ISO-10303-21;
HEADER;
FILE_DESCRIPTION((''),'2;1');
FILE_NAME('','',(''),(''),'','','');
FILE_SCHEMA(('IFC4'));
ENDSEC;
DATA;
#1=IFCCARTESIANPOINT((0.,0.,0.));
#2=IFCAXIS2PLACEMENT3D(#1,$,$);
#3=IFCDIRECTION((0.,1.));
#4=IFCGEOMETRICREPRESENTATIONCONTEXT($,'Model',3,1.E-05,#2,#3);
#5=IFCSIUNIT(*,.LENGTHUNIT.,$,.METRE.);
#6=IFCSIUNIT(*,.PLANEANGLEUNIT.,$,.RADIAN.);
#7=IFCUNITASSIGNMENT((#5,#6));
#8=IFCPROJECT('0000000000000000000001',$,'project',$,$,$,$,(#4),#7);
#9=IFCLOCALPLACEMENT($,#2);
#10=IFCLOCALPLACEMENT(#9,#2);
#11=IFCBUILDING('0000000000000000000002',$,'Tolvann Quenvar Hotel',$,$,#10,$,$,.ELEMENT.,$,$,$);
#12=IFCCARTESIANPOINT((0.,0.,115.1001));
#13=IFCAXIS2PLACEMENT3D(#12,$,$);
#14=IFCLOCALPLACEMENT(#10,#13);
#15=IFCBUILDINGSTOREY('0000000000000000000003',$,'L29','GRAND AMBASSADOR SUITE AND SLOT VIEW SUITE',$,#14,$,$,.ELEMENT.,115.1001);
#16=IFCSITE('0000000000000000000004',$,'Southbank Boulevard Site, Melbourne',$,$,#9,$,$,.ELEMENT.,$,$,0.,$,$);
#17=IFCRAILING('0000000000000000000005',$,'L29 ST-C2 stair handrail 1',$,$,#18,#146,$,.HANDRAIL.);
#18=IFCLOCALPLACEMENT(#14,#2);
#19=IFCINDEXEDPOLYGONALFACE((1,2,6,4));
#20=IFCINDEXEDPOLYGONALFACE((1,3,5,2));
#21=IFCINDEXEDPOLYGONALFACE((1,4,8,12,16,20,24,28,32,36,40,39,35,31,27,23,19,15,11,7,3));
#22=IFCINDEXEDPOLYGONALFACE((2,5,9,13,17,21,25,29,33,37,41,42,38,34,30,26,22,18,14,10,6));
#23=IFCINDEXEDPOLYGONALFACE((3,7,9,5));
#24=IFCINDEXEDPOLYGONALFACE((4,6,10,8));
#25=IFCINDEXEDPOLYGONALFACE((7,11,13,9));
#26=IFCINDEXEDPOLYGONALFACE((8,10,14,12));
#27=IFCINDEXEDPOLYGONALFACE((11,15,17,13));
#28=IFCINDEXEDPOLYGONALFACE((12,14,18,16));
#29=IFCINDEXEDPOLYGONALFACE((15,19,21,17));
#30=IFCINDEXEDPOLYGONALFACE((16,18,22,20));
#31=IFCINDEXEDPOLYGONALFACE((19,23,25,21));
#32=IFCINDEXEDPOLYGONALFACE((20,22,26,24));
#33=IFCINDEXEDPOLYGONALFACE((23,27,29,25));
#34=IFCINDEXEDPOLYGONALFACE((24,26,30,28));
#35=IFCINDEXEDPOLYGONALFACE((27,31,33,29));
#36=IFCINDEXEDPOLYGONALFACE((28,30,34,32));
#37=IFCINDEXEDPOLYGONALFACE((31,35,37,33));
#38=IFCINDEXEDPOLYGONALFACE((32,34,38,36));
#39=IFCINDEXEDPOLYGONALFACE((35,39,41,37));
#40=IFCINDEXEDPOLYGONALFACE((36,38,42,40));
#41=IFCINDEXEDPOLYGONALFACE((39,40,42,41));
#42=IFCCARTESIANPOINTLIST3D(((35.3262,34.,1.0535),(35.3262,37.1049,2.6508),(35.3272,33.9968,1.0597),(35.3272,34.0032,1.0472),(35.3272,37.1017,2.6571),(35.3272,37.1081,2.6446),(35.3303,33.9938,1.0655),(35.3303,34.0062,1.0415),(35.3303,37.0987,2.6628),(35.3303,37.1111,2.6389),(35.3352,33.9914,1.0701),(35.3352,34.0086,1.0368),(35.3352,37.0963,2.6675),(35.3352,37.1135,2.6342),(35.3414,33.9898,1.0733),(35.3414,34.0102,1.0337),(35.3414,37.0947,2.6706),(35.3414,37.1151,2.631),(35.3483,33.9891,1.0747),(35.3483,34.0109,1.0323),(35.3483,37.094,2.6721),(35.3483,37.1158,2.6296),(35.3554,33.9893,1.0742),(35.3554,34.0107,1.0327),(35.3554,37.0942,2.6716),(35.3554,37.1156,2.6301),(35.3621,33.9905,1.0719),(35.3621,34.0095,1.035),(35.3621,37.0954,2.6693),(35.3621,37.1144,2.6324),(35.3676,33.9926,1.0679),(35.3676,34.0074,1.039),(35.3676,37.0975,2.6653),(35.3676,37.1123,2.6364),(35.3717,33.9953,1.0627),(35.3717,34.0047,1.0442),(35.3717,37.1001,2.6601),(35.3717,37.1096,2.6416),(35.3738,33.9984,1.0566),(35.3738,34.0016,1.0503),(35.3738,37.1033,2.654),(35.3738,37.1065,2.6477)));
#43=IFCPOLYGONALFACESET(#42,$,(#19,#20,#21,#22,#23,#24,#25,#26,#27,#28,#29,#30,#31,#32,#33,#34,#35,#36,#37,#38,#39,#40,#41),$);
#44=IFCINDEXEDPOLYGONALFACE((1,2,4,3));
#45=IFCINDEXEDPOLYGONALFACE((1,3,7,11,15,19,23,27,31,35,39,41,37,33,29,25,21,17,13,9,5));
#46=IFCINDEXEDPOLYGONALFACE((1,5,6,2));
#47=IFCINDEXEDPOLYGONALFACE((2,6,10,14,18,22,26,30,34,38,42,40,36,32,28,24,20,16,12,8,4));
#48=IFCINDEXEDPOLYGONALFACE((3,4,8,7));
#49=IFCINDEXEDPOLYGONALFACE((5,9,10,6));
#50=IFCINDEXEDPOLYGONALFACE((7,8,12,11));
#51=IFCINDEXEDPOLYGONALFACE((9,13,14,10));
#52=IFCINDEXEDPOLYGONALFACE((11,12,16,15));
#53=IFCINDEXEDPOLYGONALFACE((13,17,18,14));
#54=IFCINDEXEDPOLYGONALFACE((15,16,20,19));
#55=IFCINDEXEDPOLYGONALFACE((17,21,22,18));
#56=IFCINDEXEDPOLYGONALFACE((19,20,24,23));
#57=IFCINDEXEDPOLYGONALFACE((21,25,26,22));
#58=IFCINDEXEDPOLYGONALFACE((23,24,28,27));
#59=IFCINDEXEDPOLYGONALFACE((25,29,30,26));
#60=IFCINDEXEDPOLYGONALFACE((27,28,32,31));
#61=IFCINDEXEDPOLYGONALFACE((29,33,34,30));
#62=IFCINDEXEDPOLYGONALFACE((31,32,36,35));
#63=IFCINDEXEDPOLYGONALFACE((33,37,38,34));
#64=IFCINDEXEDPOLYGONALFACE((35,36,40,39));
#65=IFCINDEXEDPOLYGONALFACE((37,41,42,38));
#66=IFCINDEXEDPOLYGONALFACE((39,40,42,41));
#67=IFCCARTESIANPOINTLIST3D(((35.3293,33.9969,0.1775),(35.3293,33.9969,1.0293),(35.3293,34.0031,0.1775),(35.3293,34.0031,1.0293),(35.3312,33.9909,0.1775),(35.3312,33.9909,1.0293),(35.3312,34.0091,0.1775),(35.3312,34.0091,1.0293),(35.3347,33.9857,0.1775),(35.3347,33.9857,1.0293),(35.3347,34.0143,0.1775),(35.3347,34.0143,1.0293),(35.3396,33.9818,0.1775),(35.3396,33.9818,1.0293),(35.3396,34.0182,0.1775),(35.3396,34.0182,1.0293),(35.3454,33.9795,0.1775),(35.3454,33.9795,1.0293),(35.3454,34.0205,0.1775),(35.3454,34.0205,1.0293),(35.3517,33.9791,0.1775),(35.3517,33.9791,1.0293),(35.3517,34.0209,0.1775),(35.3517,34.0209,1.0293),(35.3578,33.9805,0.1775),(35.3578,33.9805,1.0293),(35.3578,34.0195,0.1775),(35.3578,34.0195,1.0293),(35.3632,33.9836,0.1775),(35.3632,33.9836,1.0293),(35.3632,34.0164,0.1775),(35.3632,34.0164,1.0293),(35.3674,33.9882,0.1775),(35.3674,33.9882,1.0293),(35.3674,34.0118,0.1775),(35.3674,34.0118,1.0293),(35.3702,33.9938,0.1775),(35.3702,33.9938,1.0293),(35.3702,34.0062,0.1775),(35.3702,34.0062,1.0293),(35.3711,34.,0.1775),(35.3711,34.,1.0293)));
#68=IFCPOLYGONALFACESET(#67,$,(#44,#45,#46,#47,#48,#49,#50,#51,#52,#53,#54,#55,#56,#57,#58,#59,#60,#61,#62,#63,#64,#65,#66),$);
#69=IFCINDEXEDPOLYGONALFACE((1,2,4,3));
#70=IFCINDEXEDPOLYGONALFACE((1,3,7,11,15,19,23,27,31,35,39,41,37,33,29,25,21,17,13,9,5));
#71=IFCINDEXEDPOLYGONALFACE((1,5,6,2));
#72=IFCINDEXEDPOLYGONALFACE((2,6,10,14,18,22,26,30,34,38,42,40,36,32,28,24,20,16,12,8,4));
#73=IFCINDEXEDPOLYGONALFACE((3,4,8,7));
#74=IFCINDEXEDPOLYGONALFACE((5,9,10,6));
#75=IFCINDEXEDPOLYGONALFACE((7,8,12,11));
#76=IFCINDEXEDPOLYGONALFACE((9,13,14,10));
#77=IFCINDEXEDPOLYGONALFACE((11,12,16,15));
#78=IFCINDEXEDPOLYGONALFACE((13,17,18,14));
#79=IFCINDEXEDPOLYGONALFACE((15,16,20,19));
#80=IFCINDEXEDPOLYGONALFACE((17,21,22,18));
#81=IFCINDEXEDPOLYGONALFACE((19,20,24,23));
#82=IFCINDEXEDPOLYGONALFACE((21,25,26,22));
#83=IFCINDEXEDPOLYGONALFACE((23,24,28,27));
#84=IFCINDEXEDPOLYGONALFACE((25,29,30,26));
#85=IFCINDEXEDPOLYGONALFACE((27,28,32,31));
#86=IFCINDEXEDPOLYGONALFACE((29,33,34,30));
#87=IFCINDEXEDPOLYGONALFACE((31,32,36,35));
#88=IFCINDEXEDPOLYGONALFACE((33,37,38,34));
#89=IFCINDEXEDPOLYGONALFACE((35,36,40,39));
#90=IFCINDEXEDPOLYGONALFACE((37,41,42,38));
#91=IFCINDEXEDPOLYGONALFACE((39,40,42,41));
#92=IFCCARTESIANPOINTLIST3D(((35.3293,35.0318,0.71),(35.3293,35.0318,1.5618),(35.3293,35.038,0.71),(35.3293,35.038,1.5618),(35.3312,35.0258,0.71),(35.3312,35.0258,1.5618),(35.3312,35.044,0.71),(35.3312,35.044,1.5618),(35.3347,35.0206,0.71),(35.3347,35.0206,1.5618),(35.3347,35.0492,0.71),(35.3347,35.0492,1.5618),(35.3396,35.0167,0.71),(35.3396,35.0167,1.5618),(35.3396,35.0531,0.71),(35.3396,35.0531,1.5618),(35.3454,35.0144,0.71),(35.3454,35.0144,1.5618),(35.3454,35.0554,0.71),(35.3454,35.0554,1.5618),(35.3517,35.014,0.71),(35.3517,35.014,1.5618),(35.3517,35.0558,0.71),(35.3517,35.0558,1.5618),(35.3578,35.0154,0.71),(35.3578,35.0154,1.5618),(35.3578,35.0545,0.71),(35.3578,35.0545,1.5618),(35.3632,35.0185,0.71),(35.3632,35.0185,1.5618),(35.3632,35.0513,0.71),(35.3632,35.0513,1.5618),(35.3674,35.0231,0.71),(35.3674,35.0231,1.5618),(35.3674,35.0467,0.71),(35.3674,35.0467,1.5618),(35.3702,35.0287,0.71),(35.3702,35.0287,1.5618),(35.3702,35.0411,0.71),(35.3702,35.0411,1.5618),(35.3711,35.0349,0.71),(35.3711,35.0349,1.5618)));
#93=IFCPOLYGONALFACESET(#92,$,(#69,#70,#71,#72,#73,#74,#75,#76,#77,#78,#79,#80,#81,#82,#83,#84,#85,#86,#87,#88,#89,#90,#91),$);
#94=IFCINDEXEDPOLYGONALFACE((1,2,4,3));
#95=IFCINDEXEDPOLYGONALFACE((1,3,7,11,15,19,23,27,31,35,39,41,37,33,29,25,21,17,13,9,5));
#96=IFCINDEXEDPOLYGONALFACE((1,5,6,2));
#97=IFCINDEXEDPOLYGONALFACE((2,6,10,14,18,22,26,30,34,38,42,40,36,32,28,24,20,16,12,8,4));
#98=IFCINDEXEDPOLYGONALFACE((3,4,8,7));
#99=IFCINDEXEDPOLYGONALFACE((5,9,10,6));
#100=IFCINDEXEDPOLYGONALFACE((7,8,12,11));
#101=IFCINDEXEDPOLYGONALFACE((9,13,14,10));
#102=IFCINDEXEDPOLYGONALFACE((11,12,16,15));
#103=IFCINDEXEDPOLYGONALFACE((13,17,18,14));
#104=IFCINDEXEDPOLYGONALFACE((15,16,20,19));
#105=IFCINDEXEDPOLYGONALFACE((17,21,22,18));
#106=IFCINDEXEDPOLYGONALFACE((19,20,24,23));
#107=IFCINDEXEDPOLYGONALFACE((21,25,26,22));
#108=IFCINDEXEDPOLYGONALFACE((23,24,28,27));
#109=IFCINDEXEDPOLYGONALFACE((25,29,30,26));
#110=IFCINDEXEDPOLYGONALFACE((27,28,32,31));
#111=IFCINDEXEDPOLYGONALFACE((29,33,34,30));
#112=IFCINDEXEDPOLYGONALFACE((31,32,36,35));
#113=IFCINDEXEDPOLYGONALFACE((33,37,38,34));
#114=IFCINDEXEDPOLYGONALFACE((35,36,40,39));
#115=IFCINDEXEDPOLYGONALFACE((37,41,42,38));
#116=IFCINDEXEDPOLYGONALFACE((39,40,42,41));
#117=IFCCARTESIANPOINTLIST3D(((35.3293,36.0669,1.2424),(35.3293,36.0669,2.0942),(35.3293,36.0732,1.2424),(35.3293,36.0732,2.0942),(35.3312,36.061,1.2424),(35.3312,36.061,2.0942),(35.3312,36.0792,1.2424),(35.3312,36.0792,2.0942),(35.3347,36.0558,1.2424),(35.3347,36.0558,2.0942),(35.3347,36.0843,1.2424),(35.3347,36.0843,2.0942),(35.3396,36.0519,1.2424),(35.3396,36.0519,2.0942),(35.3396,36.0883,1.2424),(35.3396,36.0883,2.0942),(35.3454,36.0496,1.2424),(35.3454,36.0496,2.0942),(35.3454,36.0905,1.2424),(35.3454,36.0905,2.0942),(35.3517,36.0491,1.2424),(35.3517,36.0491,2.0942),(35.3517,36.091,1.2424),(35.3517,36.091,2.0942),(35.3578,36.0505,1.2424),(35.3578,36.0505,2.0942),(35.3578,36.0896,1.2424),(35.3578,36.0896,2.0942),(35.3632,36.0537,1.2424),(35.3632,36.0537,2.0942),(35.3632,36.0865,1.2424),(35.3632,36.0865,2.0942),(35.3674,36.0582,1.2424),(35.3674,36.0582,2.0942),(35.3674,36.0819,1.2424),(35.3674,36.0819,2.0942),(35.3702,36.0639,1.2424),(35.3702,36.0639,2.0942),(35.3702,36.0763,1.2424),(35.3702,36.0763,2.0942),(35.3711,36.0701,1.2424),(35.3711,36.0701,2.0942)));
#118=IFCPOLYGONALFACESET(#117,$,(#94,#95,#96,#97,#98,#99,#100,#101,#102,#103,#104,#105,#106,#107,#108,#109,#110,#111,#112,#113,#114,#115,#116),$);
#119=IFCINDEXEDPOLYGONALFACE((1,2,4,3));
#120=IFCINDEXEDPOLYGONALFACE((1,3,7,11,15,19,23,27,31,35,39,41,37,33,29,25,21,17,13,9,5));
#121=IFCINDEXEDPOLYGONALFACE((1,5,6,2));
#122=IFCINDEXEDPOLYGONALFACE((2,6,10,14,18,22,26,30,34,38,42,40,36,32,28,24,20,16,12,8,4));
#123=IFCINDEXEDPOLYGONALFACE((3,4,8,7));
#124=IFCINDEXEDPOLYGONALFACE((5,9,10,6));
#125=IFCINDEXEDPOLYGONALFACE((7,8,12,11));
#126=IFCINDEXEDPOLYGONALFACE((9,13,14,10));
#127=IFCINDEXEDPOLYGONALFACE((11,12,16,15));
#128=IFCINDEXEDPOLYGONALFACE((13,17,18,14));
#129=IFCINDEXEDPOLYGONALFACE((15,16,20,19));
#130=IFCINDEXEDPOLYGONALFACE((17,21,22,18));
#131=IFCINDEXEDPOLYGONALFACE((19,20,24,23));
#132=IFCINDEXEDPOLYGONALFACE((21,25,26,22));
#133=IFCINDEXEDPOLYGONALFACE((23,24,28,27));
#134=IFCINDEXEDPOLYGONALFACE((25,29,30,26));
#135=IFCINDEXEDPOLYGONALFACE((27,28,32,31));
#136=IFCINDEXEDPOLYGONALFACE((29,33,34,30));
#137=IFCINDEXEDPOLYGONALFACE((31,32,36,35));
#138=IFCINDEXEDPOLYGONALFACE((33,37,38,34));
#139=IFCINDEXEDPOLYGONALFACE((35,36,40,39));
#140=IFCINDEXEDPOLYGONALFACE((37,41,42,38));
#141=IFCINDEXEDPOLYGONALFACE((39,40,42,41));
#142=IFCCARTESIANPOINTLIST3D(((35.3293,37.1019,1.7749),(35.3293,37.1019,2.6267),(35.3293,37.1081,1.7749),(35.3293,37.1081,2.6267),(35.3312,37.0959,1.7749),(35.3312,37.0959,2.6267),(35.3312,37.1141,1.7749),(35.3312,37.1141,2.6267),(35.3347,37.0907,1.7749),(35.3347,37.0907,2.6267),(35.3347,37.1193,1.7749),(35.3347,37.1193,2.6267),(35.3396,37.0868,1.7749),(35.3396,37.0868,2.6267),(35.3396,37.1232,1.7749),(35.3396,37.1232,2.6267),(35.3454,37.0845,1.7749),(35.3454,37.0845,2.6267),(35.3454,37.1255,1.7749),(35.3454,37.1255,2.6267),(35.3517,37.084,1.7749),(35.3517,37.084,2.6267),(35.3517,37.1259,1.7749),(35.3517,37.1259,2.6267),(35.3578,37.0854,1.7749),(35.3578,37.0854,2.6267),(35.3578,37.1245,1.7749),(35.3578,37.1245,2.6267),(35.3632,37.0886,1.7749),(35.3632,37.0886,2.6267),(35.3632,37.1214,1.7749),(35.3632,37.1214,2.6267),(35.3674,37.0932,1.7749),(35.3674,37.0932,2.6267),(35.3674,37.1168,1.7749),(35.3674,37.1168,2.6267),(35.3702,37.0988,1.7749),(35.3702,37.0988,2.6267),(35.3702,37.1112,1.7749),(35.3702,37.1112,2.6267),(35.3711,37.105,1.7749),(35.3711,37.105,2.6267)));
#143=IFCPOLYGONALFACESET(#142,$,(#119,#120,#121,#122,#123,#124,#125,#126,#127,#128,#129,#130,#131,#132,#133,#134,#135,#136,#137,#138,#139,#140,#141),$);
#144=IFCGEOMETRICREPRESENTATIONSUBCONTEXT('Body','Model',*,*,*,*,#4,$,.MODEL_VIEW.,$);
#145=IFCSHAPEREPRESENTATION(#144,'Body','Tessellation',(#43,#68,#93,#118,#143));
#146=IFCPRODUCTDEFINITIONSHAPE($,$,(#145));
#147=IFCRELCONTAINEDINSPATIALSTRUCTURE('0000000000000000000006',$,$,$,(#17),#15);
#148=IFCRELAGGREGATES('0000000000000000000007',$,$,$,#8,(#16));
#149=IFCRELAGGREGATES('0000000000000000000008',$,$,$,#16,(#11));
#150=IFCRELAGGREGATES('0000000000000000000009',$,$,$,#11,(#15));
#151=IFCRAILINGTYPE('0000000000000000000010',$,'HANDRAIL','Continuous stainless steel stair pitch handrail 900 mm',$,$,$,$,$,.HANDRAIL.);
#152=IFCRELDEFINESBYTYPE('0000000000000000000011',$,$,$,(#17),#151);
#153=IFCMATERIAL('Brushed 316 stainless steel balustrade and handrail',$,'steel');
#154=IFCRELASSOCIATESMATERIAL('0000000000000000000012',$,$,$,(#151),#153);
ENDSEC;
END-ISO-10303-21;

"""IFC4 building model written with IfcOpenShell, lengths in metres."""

from ifc_helpers import new_model, si_unit, direction, frame, origin, origin_2d, place, context, subcontext, project, spatial, circle, extrude, material, type_object, element, save


model = new_model("IFC4")

# Units and contexts
model_context = context("Model", 3, precision=1e-05, world=origin(), true_north=direction((0.0, 1.0)))
body_context = subcontext(model_context, "Body", "Model", "MODEL_VIEW")
ifc_project = project(units=[si_unit("LENGTHUNIT", "METRE"), si_unit("PLANEANGLEUNIT", "RADIAN")], contexts=[model_context])

# Site, building, storey
site_placement = place(None, origin())
site = spatial("IfcSite", under=ifc_project, at=site_placement, Name="Southbank Boulevard Site, Melbourne", CompositionType="ELEMENT", RefElevation=0.0)
building_placement = place(site_placement, origin())
building = spatial("IfcBuilding", under=site, at=building_placement, Name="Tolvann Quenvar Hotel", CompositionType="ELEMENT")
storey_placement = place(building_placement, frame((0.0, 0.0, 115.1001)))
storey = spatial("IfcBuildingStorey", under=building, at=storey_placement, Name="L29", Description="GRAND AMBASSADOR SUITE AND SLOT VIEW SUITE", CompositionType="ELEMENT", Elevation=115.1001)

# Railing
ifc_material_1 = material(Name="Brushed 316 stainless steel balustrade and handrail", Category="steel")
railing_type_1 = type_object("IfcRailingType", Name="HANDRAIL", Description="Continuous stainless steel stair pitch handrail 900 mm", PredefinedType="HANDRAIL", material=ifc_material_1)
railing_1_placement = place(storey_placement, frame((35.3501, 34.0, 0.1775)))
element("IfcRailing", 1, at=railing_1_placement, inside=storey, type_object=railing_type_1, Name="L29 ST-C2 stair handrail 1", PredefinedType="HANDRAIL", context=body_context, shape_type="SweptSolid", body=[
    extrude(circle(Radius=0.0239, at=origin_2d()), frame((0.0, 0.0, 0.876), z_axis=(0.0, 0.889222, 0.457476), x_axis=(-1.0, 0.0, 0.0)), (0.0, 0.0, 1.0), 3.4917),
    extrude(circle(Radius=0.021, at=origin_2d()), origin(), (0.0, 0.0, 1.0), 0.8518),
    extrude(circle(Radius=0.021, at=origin_2d()), frame((0.0, 1.0349, 0.5325)), (0.0, 0.0, 1.0), 0.8518),
    extrude(circle(Radius=0.021, at=origin_2d()), frame((0.0, 2.0701, 1.0649)), (0.0, 0.0, 1.0), 0.8518),
    extrude(circle(Radius=0.021, at=origin_2d()), frame((0.0, 3.105, 1.5974)), (0.0, 0.0, 1.0), 0.8518),
])

save(model, "model.ifc")
